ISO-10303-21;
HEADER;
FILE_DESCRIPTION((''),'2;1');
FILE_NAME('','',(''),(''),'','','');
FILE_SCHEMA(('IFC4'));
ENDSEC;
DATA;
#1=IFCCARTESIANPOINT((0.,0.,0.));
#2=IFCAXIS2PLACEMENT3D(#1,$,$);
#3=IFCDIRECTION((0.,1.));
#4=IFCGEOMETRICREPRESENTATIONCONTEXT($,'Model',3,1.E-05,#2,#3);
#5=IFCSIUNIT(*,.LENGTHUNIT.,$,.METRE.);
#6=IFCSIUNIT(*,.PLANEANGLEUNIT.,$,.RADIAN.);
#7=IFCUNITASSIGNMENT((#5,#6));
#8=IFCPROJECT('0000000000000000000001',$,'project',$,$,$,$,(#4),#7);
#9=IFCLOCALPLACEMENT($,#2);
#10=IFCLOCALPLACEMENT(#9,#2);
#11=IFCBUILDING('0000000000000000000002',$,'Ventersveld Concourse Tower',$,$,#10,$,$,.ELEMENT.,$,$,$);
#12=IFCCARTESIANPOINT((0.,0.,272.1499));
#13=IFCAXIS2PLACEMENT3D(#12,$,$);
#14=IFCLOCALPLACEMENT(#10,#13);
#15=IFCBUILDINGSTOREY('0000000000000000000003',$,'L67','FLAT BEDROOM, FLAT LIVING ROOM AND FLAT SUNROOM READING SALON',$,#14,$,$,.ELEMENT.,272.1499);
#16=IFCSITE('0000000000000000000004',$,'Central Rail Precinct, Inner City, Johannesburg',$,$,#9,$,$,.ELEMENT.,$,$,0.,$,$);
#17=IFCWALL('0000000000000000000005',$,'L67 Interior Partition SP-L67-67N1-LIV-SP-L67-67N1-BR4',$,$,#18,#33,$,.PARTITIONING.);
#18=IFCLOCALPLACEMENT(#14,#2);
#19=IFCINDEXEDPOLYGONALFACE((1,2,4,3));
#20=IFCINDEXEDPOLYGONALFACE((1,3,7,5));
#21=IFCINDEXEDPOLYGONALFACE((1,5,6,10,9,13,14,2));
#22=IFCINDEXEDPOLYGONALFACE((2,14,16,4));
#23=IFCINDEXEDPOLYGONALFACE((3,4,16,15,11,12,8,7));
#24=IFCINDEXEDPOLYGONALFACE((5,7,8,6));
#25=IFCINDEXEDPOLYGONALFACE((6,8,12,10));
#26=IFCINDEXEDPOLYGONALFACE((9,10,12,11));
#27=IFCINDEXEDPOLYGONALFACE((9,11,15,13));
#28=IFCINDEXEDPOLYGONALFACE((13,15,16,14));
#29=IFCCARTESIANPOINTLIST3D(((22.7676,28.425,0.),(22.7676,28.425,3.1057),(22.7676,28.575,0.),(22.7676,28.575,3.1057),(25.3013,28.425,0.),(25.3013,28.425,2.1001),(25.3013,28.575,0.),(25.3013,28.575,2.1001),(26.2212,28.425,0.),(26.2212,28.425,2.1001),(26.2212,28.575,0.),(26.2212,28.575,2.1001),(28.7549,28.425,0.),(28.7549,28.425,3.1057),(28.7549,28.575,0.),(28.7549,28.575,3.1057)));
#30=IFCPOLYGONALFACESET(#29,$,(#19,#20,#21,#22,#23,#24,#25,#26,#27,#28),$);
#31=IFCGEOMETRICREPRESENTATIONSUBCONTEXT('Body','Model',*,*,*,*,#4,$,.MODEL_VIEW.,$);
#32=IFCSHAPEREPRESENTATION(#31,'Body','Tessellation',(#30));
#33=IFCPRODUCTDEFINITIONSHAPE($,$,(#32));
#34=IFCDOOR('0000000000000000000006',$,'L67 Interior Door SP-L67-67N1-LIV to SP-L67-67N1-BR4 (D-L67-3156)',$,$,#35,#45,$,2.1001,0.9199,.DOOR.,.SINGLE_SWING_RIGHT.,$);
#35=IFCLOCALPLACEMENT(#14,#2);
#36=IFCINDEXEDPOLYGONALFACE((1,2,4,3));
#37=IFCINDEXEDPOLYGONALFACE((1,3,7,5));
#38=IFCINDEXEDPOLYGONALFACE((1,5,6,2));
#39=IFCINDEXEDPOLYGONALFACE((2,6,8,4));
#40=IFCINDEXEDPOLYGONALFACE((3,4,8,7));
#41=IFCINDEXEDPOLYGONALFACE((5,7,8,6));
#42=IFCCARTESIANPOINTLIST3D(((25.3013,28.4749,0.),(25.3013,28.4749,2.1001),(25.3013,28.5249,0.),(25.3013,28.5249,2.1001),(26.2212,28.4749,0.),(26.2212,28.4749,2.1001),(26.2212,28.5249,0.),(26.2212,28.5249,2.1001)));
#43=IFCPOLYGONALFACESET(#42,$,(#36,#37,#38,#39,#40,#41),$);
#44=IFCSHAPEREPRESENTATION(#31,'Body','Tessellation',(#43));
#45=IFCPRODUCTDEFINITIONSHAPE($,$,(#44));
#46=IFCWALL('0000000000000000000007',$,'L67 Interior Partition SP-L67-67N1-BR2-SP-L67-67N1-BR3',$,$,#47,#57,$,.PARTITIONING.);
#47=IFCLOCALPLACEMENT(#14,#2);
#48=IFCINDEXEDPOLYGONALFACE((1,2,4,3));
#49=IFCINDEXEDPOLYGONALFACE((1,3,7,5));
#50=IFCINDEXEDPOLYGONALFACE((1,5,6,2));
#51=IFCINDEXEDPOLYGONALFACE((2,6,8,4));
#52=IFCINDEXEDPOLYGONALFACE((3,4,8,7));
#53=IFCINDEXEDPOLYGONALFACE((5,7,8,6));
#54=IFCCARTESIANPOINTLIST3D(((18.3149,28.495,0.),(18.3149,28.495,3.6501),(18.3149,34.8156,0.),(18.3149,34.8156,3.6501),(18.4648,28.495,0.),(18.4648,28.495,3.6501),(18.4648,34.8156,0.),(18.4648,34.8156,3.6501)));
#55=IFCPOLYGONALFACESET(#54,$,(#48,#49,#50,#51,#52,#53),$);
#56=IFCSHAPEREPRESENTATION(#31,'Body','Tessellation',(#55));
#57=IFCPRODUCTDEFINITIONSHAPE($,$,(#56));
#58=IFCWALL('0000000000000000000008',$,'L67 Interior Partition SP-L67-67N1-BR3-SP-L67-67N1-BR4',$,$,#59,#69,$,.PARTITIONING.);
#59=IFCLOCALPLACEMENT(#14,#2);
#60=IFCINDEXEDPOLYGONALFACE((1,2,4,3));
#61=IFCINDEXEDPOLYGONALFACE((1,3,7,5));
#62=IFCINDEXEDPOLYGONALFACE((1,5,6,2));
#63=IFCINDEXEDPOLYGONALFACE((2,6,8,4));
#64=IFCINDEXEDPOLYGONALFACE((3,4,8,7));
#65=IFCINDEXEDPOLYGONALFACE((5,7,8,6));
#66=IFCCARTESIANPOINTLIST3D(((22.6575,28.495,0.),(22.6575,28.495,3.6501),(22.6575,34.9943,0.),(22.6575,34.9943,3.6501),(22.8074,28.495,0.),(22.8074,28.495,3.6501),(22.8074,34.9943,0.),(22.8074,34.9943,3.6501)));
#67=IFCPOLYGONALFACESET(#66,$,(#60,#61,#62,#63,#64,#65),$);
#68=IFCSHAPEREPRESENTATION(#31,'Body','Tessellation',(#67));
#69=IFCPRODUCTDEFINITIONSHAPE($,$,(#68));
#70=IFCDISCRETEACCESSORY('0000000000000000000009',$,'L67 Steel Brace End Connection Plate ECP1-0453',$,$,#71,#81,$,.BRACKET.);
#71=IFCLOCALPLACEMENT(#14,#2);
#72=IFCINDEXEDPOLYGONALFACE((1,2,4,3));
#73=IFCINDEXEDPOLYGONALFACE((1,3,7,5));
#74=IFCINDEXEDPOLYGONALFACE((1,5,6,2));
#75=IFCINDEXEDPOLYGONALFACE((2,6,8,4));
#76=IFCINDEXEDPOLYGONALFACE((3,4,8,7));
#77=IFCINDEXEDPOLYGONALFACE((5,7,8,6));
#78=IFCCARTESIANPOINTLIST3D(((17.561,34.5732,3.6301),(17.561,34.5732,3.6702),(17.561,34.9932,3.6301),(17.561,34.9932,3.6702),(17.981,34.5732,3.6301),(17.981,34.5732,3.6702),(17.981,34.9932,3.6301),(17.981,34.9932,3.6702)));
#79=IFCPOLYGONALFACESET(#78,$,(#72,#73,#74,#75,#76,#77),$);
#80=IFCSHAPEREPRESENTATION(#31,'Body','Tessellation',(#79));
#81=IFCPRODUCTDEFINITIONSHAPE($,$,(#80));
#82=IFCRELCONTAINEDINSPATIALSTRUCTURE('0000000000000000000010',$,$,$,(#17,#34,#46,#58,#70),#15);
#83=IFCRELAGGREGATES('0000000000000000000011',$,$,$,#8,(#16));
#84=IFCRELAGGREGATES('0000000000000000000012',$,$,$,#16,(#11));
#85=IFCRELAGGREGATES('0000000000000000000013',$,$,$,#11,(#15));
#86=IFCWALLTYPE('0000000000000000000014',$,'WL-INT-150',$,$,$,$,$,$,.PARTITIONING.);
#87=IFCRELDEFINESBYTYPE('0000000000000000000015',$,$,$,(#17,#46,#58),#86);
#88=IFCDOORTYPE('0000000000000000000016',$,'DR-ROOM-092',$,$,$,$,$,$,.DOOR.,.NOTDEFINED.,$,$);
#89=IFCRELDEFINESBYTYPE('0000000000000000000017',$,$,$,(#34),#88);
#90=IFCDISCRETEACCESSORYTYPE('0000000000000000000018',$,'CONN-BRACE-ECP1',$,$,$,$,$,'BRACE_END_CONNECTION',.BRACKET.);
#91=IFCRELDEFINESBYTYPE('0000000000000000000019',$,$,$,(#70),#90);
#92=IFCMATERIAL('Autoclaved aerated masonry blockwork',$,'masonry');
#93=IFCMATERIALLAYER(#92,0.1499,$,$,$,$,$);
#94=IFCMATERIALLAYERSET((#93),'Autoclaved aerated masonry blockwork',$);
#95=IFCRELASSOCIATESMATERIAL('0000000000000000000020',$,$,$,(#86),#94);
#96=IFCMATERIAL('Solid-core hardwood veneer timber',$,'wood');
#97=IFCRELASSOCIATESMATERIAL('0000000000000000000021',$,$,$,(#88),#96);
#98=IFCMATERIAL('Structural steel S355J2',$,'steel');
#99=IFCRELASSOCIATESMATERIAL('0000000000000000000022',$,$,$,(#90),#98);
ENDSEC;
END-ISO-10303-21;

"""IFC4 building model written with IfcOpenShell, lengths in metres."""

from ifc_helpers import new_model, si_unit, direction, frame, frame_2d, origin, origin_2d, place, context, subcontext, project, spatial, rectangle, extrude, material, layer, layer_set, type_object, element, fill, save


model = new_model("IFC4")

# Units and contexts
model_context = context("Model", 3, precision=1e-05, world=origin(), true_north=direction((0.0, 1.0)))
body_context = subcontext(model_context, "Body", "Model", "MODEL_VIEW")
ifc_project = project(units=[si_unit("LENGTHUNIT", "METRE"), si_unit("PLANEANGLEUNIT", "RADIAN")], contexts=[model_context])

# Site, building, storey
site_placement = place(None, origin())
site = spatial("IfcSite", under=ifc_project, at=site_placement, Name="Central Rail Precinct, Inner City, Johannesburg", CompositionType="ELEMENT", RefElevation=0.0)
building_placement = place(site_placement, origin())
building = spatial("IfcBuilding", under=site, at=building_placement, Name="Ventersveld Concourse Tower", CompositionType="ELEMENT")
storey_placement = place(building_placement, frame((0.0, 0.0, 272.1499)))
storey = spatial("IfcBuildingStorey", under=building, at=storey_placement, Name="L67", Description="FLAT BEDROOM, FLAT LIVING ROOM AND FLAT SUNROOM READING SALON", CompositionType="ELEMENT", Elevation=272.1499)

# Shared definitions
ifc_material_1 = material(Name="Structural steel S355J2", Category="steel")

# Shared definitions
ifc_material_2 = material(Name="Autoclaved aerated masonry blockwork", Category="masonry")
ifc_layer = layer(ifc_material_2, 0.1499)
ifc_layer_set = layer_set([ifc_layer], Name="Autoclaved aerated masonry blockwork")
wall_type = type_object("IfcWallType", Name="WL-INT-150", PredefinedType="PARTITIONING", material=ifc_layer_set)
ifc_material_3 = material(Name="Solid-core hardwood veneer timber", Category="wood")
door_type = type_object("IfcDoorType", Name="DR-ROOM-092", OperationType="NOTDEFINED", PredefinedType="DOOR", material=ifc_material_3)

# Wall, opening, door
wall_1_placement = place(storey_placement, frame((22.7676, 28.5, 0.0), z_axis=(0.0, 0.0, 1.0), x_axis=(1.0, 0.0, 0.0)))
wall_1 = element("IfcWall", 1, at=wall_1_placement, inside=storey, type_object=wall_type, Name="L67 Interior Partition SP-L67-67N1-LIV-SP-L67-67N1-BR4", PredefinedType="PARTITIONING", context=body_context, shape_type="SweptSolid", body=[
    extrude(rectangle(XDim=5.9873, YDim=0.1499, at=frame_2d((2.9937, 0.0))), origin(), (0.0, 0.0, 1.0), 3.1057),
])
opening_1_placement = place(wall_1_placement, frame((2.5337, 0.0, 0.0)))
opening_1 = element("IfcOpeningElement", 2, at=opening_1_placement, cuts=wall_1, PredefinedType="OPENING", context=body_context, shape_type="SweptSolid", body=[
    extrude(rectangle(XDim=0.9199, YDim=2.1001, at=frame_2d((0.46, 1.05))), frame((0.0, 0.085, 0.0), z_axis=(0.0, -1.0, 0.0), x_axis=(1.0, 0.0, 0.0)), (0.0, 0.0, 1.0), 0.1699),
])
door_1_placement = place(opening_1_placement, origin())
door_1 = element("IfcDoor", 3, at=door_1_placement, inside=storey, type_object=door_type, Name="L67 Interior Door SP-L67-67N1-LIV to SP-L67-67N1-BR4 (D-L67-3156)", OperationType="SINGLE_SWING_RIGHT", OverallHeight=2.1001, OverallWidth=0.9199, PredefinedType="DOOR", context=body_context, shape_type="SweptSolid", body=[
    extrude(rectangle(XDim=0.9199, YDim=2.1001, at=frame_2d((0.46, 1.05))), frame((0.0, 0.0249, 0.0), z_axis=(0.0, -1.0, 0.0), x_axis=(1.0, 0.0, 0.0)), (0.0, 0.0, 1.0), 0.05),
])
fill(opening_1, door_1)

# Walls
wall_2_placement = place(storey_placement, frame((18.3899, 28.4951, 0.0), z_axis=(0.0, 0.0, 1.0), x_axis=(0.0, 1.0, 0.0)))
element("IfcWall", 4, at=wall_2_placement, inside=storey, type_object=wall_type, Name="L67 Interior Partition SP-L67-67N1-BR2-SP-L67-67N1-BR3", PredefinedType="PARTITIONING", context=body_context, shape_type="SweptSolid", body=[
    extrude(rectangle(XDim=6.3206, YDim=0.1499, at=frame_2d((3.1602, 0.0))), origin(), (0.0, 0.0, 1.0), 3.6501),
])
wall_3_placement = place(storey_placement, frame((22.7324, 28.4951, 0.0), z_axis=(0.0, 0.0, 1.0), x_axis=(0.0, 1.0, 0.0)))
element("IfcWall", 5, at=wall_3_placement, inside=storey, type_object=wall_type, Name="L67 Interior Partition SP-L67-67N1-BR3-SP-L67-67N1-BR4", PredefinedType="PARTITIONING", context=body_context, shape_type="SweptSolid", body=[
    extrude(rectangle(XDim=6.4993, YDim=0.1499, at=frame_2d((3.2495, 0.0))), origin(), (0.0, 0.0, 1.0), 3.6501),
])

# Discrete accessory
discrete_accessory_type = type_object("IfcDiscreteAccessoryType", Name="CONN-BRACE-ECP1", ElementType="BRACE_END_CONNECTION", PredefinedType="BRACKET", material=ifc_material_1)
discrete_accessory_placement = place(storey_placement, frame((17.771, 34.7832, 3.6301), z_axis=(0.0, 0.0, 1.0), x_axis=(1.0, 0.0, 0.0)))
element("IfcDiscreteAccessory", 6, at=discrete_accessory_placement, inside=storey, type_object=discrete_accessory_type, Name="L67 Steel Brace End Connection Plate ECP1-0453", PredefinedType="BRACKET", context=body_context, shape_type="SweptSolid", body=[
    extrude(rectangle(XDim=0.4199, YDim=0.4199, at=origin_2d()), origin(), (0.0, 0.0, 1.0), 0.04),
])

save(model, "model.ifc")
